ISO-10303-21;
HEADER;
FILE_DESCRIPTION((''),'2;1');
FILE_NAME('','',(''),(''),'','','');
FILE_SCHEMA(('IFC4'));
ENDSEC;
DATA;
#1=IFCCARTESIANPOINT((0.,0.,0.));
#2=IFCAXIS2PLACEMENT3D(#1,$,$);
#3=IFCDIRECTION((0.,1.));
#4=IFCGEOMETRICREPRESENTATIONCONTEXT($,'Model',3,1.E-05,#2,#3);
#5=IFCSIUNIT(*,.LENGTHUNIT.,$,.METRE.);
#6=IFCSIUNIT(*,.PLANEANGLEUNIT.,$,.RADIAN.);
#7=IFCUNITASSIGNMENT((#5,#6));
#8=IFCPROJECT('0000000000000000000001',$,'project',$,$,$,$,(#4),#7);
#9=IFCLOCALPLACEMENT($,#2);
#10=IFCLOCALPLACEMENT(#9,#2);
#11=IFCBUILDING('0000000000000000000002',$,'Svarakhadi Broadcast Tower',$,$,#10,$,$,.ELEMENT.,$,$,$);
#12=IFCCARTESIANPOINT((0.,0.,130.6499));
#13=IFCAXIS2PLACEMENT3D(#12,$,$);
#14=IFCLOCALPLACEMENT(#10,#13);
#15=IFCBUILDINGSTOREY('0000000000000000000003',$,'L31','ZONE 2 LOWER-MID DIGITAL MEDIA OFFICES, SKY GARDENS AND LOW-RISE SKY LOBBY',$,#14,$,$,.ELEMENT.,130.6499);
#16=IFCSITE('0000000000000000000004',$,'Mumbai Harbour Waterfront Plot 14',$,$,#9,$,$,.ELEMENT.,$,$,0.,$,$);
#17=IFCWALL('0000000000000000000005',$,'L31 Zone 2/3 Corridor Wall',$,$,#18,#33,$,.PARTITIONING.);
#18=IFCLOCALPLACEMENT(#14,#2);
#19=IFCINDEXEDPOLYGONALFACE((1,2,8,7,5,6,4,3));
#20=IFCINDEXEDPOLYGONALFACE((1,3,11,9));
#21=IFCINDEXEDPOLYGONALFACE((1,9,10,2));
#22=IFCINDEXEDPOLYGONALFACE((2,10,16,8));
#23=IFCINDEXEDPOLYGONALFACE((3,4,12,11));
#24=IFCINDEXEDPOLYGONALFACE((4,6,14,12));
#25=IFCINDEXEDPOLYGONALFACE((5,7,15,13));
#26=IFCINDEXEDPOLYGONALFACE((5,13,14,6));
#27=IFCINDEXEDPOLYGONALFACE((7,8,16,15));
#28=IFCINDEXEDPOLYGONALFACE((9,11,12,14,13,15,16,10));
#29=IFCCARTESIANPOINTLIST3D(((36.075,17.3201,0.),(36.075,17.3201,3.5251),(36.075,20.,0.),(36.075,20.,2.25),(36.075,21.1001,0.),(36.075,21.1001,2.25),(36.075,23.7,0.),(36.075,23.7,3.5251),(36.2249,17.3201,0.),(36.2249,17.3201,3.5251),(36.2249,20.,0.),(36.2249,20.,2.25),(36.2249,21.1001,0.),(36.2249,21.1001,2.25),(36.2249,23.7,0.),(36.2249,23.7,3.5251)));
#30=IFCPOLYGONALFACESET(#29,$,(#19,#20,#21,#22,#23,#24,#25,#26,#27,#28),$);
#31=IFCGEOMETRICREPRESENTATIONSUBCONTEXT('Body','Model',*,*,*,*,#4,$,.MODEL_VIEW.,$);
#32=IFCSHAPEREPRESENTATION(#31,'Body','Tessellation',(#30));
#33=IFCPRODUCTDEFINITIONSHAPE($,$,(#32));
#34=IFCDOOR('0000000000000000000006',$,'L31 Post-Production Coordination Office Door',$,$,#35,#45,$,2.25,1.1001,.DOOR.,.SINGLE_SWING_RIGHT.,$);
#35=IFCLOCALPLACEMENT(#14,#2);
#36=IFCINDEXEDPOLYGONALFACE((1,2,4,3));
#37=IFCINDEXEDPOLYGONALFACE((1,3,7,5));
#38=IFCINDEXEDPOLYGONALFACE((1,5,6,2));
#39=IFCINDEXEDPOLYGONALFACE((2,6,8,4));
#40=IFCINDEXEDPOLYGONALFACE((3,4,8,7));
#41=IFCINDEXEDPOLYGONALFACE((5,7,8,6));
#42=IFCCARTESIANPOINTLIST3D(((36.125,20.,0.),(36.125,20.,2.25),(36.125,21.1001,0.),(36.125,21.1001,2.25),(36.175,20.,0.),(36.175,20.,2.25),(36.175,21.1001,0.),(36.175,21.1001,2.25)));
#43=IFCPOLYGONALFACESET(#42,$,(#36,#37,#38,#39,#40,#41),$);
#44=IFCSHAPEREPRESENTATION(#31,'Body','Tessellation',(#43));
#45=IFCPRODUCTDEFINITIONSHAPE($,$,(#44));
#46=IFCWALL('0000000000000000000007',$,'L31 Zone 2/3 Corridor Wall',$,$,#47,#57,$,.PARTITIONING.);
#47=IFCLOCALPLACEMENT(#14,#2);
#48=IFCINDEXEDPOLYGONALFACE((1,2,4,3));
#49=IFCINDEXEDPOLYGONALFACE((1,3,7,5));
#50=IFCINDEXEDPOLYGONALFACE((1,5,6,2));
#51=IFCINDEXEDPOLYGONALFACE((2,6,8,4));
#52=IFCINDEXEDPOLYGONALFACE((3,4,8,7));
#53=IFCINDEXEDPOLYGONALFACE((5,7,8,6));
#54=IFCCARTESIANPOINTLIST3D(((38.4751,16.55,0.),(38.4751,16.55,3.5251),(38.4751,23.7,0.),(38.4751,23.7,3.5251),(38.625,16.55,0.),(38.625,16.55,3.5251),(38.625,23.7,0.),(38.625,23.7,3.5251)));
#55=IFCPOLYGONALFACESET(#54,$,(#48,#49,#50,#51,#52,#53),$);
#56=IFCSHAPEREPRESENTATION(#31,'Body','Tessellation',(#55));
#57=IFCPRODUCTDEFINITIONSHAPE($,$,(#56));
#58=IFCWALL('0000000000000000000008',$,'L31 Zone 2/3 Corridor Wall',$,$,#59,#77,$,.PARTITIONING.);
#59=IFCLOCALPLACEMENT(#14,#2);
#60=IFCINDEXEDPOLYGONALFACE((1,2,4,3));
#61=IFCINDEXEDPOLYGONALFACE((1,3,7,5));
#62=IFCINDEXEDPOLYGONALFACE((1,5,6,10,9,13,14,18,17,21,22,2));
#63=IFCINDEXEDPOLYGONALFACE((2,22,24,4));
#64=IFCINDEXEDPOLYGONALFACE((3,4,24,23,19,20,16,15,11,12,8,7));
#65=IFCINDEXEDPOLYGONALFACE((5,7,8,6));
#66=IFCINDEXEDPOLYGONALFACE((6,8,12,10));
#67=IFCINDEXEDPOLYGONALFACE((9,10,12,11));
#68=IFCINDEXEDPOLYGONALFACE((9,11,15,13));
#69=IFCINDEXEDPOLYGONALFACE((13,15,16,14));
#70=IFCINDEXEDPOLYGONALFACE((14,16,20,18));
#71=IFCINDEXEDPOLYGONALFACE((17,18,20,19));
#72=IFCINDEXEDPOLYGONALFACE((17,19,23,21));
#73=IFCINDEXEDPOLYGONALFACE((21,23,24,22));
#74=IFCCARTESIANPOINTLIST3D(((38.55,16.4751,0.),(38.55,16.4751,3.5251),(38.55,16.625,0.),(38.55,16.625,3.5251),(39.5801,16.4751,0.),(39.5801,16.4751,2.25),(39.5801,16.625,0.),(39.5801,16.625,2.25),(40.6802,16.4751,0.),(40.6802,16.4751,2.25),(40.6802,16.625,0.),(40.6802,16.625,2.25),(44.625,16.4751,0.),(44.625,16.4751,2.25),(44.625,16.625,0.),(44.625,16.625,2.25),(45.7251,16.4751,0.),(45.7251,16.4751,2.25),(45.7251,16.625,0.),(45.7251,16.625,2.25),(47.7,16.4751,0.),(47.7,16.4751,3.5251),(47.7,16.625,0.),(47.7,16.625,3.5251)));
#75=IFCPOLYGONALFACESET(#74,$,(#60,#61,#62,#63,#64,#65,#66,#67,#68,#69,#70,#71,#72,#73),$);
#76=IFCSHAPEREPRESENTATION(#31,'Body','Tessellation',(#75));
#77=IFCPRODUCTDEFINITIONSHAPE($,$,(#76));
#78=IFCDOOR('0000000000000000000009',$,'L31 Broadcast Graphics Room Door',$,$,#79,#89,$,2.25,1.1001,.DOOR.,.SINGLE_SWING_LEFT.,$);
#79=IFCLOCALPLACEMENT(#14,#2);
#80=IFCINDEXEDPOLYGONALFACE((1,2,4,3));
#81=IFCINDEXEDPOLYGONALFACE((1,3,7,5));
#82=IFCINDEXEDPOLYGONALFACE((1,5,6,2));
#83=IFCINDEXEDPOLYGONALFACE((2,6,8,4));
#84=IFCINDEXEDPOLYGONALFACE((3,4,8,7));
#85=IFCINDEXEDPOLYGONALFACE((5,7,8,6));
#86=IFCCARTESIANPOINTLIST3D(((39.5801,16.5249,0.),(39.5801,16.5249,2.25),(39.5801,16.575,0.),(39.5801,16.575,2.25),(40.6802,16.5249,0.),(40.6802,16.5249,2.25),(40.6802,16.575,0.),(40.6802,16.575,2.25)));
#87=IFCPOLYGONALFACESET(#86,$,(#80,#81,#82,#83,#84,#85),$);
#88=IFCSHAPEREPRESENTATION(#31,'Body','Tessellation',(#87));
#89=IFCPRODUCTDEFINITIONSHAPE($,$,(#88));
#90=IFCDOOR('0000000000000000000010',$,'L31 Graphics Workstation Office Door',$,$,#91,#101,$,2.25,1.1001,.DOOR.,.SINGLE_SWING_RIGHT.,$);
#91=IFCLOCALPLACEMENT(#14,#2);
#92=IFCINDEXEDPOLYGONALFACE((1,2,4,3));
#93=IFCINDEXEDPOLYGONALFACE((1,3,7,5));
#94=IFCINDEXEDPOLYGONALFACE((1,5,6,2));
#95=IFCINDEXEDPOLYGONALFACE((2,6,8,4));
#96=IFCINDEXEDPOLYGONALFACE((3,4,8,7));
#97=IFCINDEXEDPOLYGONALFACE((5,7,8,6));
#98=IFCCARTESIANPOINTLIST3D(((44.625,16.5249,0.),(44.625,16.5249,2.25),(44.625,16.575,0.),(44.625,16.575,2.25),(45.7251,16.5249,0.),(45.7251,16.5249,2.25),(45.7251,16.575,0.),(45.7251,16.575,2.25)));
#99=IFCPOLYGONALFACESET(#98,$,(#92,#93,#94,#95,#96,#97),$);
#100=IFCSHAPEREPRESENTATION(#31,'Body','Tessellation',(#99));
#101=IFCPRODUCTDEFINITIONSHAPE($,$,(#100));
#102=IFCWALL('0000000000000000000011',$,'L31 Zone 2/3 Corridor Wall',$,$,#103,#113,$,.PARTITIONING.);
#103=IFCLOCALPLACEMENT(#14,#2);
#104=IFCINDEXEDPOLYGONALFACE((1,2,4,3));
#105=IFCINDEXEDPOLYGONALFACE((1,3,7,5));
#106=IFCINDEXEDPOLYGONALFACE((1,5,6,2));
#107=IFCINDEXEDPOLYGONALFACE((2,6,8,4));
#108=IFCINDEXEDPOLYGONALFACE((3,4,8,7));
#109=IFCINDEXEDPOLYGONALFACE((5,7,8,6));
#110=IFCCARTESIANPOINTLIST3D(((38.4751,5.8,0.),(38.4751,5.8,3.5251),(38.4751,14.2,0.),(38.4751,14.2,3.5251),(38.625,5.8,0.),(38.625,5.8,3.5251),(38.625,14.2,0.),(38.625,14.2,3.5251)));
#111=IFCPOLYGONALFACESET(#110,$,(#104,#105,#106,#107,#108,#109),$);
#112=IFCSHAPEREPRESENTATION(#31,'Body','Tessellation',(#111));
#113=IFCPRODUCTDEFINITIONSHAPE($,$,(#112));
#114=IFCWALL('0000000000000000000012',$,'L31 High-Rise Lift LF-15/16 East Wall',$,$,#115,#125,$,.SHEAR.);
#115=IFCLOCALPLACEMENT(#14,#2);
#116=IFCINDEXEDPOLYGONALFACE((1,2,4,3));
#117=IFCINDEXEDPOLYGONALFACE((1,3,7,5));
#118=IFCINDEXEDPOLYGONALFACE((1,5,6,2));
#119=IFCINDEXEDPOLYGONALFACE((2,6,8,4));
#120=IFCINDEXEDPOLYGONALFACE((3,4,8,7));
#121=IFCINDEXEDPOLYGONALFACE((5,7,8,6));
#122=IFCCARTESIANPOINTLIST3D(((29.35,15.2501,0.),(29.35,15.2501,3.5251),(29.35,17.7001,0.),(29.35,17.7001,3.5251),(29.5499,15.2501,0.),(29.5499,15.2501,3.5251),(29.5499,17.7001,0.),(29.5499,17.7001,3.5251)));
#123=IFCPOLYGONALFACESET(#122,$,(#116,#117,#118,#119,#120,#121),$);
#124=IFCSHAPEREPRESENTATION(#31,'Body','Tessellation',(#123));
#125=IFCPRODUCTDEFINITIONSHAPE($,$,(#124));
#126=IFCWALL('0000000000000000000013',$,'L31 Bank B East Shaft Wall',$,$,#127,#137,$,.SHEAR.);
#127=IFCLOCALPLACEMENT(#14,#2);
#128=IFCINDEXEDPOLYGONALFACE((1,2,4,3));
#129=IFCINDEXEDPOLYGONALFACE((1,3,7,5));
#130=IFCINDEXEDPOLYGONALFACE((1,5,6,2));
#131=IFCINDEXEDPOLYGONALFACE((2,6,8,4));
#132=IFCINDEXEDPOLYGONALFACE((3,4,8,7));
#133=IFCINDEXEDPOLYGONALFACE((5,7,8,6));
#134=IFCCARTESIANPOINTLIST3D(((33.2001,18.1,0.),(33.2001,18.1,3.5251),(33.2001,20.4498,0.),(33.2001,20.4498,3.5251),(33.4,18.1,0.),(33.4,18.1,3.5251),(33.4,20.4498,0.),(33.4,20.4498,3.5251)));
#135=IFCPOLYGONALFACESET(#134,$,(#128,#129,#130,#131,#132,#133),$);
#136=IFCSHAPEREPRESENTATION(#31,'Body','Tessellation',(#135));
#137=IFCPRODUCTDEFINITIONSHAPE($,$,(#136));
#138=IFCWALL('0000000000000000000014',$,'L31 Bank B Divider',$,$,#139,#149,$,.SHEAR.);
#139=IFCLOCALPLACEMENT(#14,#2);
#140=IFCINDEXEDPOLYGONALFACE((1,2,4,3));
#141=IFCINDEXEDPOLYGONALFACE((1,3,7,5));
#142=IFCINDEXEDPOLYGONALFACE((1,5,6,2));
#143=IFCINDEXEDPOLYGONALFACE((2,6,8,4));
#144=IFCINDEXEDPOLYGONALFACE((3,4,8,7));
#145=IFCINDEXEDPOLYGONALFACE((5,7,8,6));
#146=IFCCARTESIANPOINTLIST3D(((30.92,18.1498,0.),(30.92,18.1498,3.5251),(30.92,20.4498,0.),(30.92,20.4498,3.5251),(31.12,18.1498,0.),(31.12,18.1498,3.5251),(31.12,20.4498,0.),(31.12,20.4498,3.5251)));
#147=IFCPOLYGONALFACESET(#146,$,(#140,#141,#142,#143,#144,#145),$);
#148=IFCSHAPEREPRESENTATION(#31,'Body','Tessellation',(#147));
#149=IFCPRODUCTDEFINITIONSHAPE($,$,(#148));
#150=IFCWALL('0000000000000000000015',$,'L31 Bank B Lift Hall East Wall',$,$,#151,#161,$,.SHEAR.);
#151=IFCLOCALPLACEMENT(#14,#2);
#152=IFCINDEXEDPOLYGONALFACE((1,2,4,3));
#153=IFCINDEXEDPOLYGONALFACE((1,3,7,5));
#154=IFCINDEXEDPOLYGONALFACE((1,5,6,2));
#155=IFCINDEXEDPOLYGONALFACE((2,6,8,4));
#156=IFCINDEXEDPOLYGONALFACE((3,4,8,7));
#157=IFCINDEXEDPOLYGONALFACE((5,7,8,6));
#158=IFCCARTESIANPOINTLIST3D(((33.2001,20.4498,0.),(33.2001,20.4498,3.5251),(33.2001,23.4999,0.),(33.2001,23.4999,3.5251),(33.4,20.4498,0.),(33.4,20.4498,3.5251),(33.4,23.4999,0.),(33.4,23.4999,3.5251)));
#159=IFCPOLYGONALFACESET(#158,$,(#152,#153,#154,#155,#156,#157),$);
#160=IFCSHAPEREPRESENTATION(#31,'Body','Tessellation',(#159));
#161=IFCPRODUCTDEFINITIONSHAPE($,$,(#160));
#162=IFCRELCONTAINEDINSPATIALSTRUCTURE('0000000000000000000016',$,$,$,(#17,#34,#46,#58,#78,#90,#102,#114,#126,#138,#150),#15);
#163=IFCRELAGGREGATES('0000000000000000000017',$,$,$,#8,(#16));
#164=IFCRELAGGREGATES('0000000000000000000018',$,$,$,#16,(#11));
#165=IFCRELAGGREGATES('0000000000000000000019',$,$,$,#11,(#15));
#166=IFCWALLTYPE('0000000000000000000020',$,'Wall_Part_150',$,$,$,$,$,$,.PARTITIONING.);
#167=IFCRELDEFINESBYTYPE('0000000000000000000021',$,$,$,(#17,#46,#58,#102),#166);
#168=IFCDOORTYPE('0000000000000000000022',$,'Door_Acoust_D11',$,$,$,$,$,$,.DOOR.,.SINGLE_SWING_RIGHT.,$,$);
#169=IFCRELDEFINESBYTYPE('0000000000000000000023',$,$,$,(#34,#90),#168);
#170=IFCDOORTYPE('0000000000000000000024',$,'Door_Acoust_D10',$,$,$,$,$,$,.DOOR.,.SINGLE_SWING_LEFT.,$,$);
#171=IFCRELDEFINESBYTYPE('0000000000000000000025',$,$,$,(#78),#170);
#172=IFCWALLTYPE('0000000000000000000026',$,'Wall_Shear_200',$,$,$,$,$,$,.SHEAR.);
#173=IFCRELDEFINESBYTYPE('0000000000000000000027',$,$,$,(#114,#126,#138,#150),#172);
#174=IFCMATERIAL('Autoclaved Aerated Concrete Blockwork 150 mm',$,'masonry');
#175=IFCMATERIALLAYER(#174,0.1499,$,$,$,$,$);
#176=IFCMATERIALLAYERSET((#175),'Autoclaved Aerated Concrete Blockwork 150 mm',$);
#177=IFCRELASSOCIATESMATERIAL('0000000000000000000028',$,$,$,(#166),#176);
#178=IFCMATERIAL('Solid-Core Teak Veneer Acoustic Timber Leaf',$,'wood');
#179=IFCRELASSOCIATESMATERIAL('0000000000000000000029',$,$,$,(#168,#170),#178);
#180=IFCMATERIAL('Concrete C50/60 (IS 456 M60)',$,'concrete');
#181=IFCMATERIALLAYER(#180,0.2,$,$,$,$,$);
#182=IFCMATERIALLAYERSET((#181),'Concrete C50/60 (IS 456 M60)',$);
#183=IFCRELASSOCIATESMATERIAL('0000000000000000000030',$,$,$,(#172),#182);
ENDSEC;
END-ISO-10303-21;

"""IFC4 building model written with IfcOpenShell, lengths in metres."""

from ifc_helpers import new_model, si_unit, direction, frame, frame_2d, origin, place, context, subcontext, project, spatial, rectangle, extrude, material, layer, layer_set, type_object, element, fill, save


model = new_model("IFC4")

# Units and contexts
model_context = context("Model", 3, precision=1e-05, world=origin(), true_north=direction((0.0, 1.0)))
body_context = subcontext(model_context, "Body", "Model", "MODEL_VIEW")
ifc_project = project(units=[si_unit("LENGTHUNIT", "METRE"), si_unit("PLANEANGLEUNIT", "RADIAN")], contexts=[model_context])

# Site, building, storey
site_placement = place(None, origin())
site = spatial("IfcSite", under=ifc_project, at=site_placement, Name="Mumbai Harbour Waterfront Plot 14", CompositionType="ELEMENT", RefElevation=0.0)
building_placement = place(site_placement, origin())
building = spatial("IfcBuilding", under=site, at=building_placement, Name="Svarakhadi Broadcast Tower", CompositionType="ELEMENT")
storey_placement = place(building_placement, frame((0.0, 0.0, 130.6499)))
storey = spatial("IfcBuildingStorey", under=building, at=storey_placement, Name="L31", Description="ZONE 2 LOWER-MID DIGITAL MEDIA OFFICES, SKY GARDENS AND LOW-RISE SKY LOBBY", CompositionType="ELEMENT", Elevation=130.6499)

# Shared definitions
ifc_material_1 = material(Name="Concrete C50/60 (IS 456 M60)", Category="concrete")

# Shared definitions
ifc_material_2 = material(Name="Autoclaved Aerated Concrete Blockwork 150 mm", Category="masonry")
ifc_layer_1 = layer(ifc_material_2, 0.1499)
ifc_layer_set_1 = layer_set([ifc_layer_1], Name="Autoclaved Aerated Concrete Blockwork 150 mm")
wall_type_1 = type_object("IfcWallType", Name="Wall_Part_150", PredefinedType="PARTITIONING", material=ifc_layer_set_1)

# Wall, opening, door
wall_1_placement = place(storey_placement, frame((36.1499, 17.3201, 0.0), z_axis=(0.0, 0.0, 1.0), x_axis=(0.0, 1.0, 0.0)))
wall_1 = element("IfcWall", 1, at=wall_1_placement, inside=storey, type_object=wall_type_1, Name="L31 Zone 2/3 Corridor Wall", PredefinedType="PARTITIONING", context=body_context, shape_type="SweptSolid", body=[
    extrude(rectangle(XDim=6.3799, YDim=0.1499, at=frame_2d((3.1899, 0.0))), origin(), (0.0, 0.0, 1.0), 3.5251),
])
opening_1_placement = place(wall_1_placement, frame((2.6799, 0.0, 0.0)))
opening_1 = element("IfcOpeningElement", 2, at=opening_1_placement, cuts=wall_1, PredefinedType="OPENING", context=body_context, shape_type="SweptSolid", body=[
    extrude(rectangle(XDim=1.1001, YDim=2.25, at=frame_2d((0.55, 1.125))), frame((0.0, 0.085, 0.0), z_axis=(0.0, -1.0, 0.0), x_axis=(1.0, 0.0, 0.0)), (0.0, 0.0, 1.0), 0.1699),
])
ifc_material_3 = material(Name="Solid-Core Teak Veneer Acoustic Timber Leaf", Category="wood")
door_type_1 = type_object("IfcDoorType", Name="Door_Acoust_D11", OperationType="SINGLE_SWING_RIGHT", PredefinedType="DOOR", material=ifc_material_3)
door_1_placement = place(opening_1_placement, origin())
door_1 = element("IfcDoor", 3, at=door_1_placement, inside=storey, type_object=door_type_1, Name="L31 Post-Production Coordination Office Door", OperationType="SINGLE_SWING_RIGHT", OverallHeight=2.25, OverallWidth=1.1001, PredefinedType="DOOR", context=body_context, shape_type="SweptSolid", body=[
    extrude(rectangle(XDim=1.1001, YDim=2.25, at=frame_2d((0.55, 1.125))), frame((0.0, 0.0249, 0.0), z_axis=(0.0, -1.0, 0.0), x_axis=(1.0, 0.0, 0.0)), (0.0, 0.0, 1.0), 0.05),
])
fill(opening_1, door_1)

# Wall
wall_2_placement = place(storey_placement, frame((38.55, 23.7, 0.0), z_axis=(0.0, 0.0, 1.0), x_axis=(0.0, -1.0, 0.0)))
element("IfcWall", 4, at=wall_2_placement, inside=storey, type_object=wall_type_1, Name="L31 Zone 2/3 Corridor Wall", PredefinedType="PARTITIONING", context=body_context, shape_type="SweptSolid", body=[
    extrude(rectangle(XDim=7.1499, YDim=0.1499, at=frame_2d((3.575, 0.0))), origin(), (0.0, 0.0, 1.0), 3.5251),
])

# Wall, openings, doors
wall_3_placement = place(storey_placement, frame((38.55, 16.55, 0.0), z_axis=(0.0, 0.0, 1.0), x_axis=(1.0, 0.0, 0.0)))
wall_3 = element("IfcWall", 5, at=wall_3_placement, inside=storey, type_object=wall_type_1, Name="L31 Zone 2/3 Corridor Wall", PredefinedType="PARTITIONING", context=body_context, shape_type="SweptSolid", body=[
    extrude(rectangle(XDim=9.1499, YDim=0.1499, at=frame_2d((4.575, 0.0))), origin(), (0.0, 0.0, 1.0), 3.5251),
])
opening_2_placement = place(wall_3_placement, frame((1.03, 0.0, 0.0)))
opening_2 = element("IfcOpeningElement", 6, at=opening_2_placement, cuts=wall_3, PredefinedType="OPENING", context=body_context, shape_type="SweptSolid", body=[
    extrude(rectangle(XDim=1.1001, YDim=2.25, at=frame_2d((0.55, 1.125))), frame((0.0, 0.085, 0.0), z_axis=(0.0, -1.0, 0.0), x_axis=(1.0, 0.0, 0.0)), (0.0, 0.0, 1.0), 0.1699),
])
opening_3_placement = place(wall_3_placement, frame((6.075, 0.0, 0.0)))
opening_3 = element("IfcOpeningElement", 7, at=opening_3_placement, cuts=wall_3, PredefinedType="OPENING", context=body_context, shape_type="SweptSolid", body=[
    extrude(rectangle(XDim=1.1001, YDim=2.25, at=frame_2d((0.55, 1.125))), frame((0.0, 0.085, 0.0), z_axis=(0.0, -1.0, 0.0), x_axis=(1.0, 0.0, 0.0)), (0.0, 0.0, 1.0), 0.1699),
])
door_type_2 = type_object("IfcDoorType", Name="Door_Acoust_D10", OperationType="SINGLE_SWING_LEFT", PredefinedType="DOOR", material=ifc_material_3)
door_2_placement = place(opening_2_placement, origin())
door_2 = element("IfcDoor", 8, at=door_2_placement, inside=storey, type_object=door_type_2, Name="L31 Broadcast Graphics Room Door", OperationType="SINGLE_SWING_LEFT", OverallHeight=2.25, OverallWidth=1.1001, PredefinedType="DOOR", context=body_context, shape_type="SweptSolid", body=[
    extrude(rectangle(XDim=1.1001, YDim=2.25, at=frame_2d((0.55, 1.125))), frame((0.0, 0.0249, 0.0), z_axis=(0.0, -1.0, 0.0), x_axis=(1.0, 0.0, 0.0)), (0.0, 0.0, 1.0), 0.05),
])
fill(opening_2, door_2)
door_3_placement = place(opening_3_placement, origin())
door_3 = element("IfcDoor", 9, at=door_3_placement, inside=storey, type_object=door_type_1, Name="L31 Graphics Workstation Office Door", OperationType="SINGLE_SWING_RIGHT", OverallHeight=2.25, OverallWidth=1.1001, PredefinedType="DOOR", context=body_context, shape_type="SweptSolid", body=[
    extrude(rectangle(XDim=1.1001, YDim=2.25, at=frame_2d((0.55, 1.125))), frame((0.0, 0.0249, 0.0), z_axis=(0.0, -1.0, 0.0), x_axis=(1.0, 0.0, 0.0)), (0.0, 0.0, 1.0), 0.05),
])
fill(opening_3, door_3)

# Walls
wall_4_placement = place(storey_placement, frame((38.55, 14.2, 0.0), z_axis=(0.0, 0.0, 1.0), x_axis=(0.0, -1.0, 0.0)))
element("IfcWall", 10, at=wall_4_placement, inside=storey, type_object=wall_type_1, Name="L31 Zone 2/3 Corridor Wall", PredefinedType="PARTITIONING", context=body_context, shape_type="SweptSolid", body=[
    extrude(rectangle(XDim=8.3999, YDim=0.1499, at=frame_2d((4.2, 0.0))), origin(), (0.0, 0.0, 1.0), 3.5251),
])
ifc_layer_2 = layer(ifc_material_1, 0.2)
ifc_layer_set_2 = layer_set([ifc_layer_2], Name="Concrete C50/60 (IS 456 M60)")
wall_type_2 = type_object("IfcWallType", Name="Wall_Shear_200", PredefinedType="SHEAR", material=ifc_layer_set_2)
wall_5_placement = place(storey_placement, frame((29.45, 15.25, 0.0), z_axis=(0.0, 0.0, 1.0), x_axis=(0.0, 1.0, 0.0)))
element("IfcWall", 11, at=wall_5_placement, inside=storey, type_object=wall_type_2, Name="L31 High-Rise Lift LF-15/16 East Wall", PredefinedType="SHEAR", context=body_context, shape_type="SweptSolid", body=[
    extrude(rectangle(XDim=2.45, YDim=0.2, at=frame_2d((1.2251, 0.0))), origin(), (0.0, 0.0, 1.0), 3.5251),
])
wall_6_placement = place(storey_placement, frame((33.3, 18.1001, 0.0), z_axis=(0.0, 0.0, 1.0), x_axis=(0.0, 1.0, 0.0)))
element("IfcWall", 12, at=wall_6_placement, inside=storey, type_object=wall_type_2, Name="L31 Bank B East Shaft Wall", PredefinedType="SHEAR", context=body_context, shape_type="SweptSolid", body=[
    extrude(rectangle(XDim=2.3499, YDim=0.2, at=frame_2d((1.1748, 0.0))), origin(), (0.0, 0.0, 1.0), 3.5251),
])
wall_7_placement = place(storey_placement, frame((31.02, 18.1499, 0.0), z_axis=(0.0, 0.0, 1.0), x_axis=(0.0, 1.0, 0.0)))
element("IfcWall", 13, at=wall_7_placement, inside=storey, type_object=wall_type_2, Name="L31 Bank B Divider", PredefinedType="SHEAR", context=body_context, shape_type="SweptSolid", body=[
    extrude(rectangle(XDim=2.3, YDim=0.2, at=frame_2d((1.1499, 0.0))), origin(), (0.0, 0.0, 1.0), 3.5251),
])
wall_8_placement = place(storey_placement, frame((33.3, 20.45, 0.0), z_axis=(0.0, 0.0, 1.0), x_axis=(0.0, 1.0, 0.0)))
element("IfcWall", 14, at=wall_8_placement, inside=storey, type_object=wall_type_2, Name="L31 Bank B Lift Hall East Wall", PredefinedType="SHEAR", context=body_context, shape_type="SweptSolid", body=[
    extrude(rectangle(XDim=3.05, YDim=0.2, at=frame_2d((1.5249, 0.0))), origin(), (0.0, 0.0, 1.0), 3.5251),
])

save(model, "model.ifc")
